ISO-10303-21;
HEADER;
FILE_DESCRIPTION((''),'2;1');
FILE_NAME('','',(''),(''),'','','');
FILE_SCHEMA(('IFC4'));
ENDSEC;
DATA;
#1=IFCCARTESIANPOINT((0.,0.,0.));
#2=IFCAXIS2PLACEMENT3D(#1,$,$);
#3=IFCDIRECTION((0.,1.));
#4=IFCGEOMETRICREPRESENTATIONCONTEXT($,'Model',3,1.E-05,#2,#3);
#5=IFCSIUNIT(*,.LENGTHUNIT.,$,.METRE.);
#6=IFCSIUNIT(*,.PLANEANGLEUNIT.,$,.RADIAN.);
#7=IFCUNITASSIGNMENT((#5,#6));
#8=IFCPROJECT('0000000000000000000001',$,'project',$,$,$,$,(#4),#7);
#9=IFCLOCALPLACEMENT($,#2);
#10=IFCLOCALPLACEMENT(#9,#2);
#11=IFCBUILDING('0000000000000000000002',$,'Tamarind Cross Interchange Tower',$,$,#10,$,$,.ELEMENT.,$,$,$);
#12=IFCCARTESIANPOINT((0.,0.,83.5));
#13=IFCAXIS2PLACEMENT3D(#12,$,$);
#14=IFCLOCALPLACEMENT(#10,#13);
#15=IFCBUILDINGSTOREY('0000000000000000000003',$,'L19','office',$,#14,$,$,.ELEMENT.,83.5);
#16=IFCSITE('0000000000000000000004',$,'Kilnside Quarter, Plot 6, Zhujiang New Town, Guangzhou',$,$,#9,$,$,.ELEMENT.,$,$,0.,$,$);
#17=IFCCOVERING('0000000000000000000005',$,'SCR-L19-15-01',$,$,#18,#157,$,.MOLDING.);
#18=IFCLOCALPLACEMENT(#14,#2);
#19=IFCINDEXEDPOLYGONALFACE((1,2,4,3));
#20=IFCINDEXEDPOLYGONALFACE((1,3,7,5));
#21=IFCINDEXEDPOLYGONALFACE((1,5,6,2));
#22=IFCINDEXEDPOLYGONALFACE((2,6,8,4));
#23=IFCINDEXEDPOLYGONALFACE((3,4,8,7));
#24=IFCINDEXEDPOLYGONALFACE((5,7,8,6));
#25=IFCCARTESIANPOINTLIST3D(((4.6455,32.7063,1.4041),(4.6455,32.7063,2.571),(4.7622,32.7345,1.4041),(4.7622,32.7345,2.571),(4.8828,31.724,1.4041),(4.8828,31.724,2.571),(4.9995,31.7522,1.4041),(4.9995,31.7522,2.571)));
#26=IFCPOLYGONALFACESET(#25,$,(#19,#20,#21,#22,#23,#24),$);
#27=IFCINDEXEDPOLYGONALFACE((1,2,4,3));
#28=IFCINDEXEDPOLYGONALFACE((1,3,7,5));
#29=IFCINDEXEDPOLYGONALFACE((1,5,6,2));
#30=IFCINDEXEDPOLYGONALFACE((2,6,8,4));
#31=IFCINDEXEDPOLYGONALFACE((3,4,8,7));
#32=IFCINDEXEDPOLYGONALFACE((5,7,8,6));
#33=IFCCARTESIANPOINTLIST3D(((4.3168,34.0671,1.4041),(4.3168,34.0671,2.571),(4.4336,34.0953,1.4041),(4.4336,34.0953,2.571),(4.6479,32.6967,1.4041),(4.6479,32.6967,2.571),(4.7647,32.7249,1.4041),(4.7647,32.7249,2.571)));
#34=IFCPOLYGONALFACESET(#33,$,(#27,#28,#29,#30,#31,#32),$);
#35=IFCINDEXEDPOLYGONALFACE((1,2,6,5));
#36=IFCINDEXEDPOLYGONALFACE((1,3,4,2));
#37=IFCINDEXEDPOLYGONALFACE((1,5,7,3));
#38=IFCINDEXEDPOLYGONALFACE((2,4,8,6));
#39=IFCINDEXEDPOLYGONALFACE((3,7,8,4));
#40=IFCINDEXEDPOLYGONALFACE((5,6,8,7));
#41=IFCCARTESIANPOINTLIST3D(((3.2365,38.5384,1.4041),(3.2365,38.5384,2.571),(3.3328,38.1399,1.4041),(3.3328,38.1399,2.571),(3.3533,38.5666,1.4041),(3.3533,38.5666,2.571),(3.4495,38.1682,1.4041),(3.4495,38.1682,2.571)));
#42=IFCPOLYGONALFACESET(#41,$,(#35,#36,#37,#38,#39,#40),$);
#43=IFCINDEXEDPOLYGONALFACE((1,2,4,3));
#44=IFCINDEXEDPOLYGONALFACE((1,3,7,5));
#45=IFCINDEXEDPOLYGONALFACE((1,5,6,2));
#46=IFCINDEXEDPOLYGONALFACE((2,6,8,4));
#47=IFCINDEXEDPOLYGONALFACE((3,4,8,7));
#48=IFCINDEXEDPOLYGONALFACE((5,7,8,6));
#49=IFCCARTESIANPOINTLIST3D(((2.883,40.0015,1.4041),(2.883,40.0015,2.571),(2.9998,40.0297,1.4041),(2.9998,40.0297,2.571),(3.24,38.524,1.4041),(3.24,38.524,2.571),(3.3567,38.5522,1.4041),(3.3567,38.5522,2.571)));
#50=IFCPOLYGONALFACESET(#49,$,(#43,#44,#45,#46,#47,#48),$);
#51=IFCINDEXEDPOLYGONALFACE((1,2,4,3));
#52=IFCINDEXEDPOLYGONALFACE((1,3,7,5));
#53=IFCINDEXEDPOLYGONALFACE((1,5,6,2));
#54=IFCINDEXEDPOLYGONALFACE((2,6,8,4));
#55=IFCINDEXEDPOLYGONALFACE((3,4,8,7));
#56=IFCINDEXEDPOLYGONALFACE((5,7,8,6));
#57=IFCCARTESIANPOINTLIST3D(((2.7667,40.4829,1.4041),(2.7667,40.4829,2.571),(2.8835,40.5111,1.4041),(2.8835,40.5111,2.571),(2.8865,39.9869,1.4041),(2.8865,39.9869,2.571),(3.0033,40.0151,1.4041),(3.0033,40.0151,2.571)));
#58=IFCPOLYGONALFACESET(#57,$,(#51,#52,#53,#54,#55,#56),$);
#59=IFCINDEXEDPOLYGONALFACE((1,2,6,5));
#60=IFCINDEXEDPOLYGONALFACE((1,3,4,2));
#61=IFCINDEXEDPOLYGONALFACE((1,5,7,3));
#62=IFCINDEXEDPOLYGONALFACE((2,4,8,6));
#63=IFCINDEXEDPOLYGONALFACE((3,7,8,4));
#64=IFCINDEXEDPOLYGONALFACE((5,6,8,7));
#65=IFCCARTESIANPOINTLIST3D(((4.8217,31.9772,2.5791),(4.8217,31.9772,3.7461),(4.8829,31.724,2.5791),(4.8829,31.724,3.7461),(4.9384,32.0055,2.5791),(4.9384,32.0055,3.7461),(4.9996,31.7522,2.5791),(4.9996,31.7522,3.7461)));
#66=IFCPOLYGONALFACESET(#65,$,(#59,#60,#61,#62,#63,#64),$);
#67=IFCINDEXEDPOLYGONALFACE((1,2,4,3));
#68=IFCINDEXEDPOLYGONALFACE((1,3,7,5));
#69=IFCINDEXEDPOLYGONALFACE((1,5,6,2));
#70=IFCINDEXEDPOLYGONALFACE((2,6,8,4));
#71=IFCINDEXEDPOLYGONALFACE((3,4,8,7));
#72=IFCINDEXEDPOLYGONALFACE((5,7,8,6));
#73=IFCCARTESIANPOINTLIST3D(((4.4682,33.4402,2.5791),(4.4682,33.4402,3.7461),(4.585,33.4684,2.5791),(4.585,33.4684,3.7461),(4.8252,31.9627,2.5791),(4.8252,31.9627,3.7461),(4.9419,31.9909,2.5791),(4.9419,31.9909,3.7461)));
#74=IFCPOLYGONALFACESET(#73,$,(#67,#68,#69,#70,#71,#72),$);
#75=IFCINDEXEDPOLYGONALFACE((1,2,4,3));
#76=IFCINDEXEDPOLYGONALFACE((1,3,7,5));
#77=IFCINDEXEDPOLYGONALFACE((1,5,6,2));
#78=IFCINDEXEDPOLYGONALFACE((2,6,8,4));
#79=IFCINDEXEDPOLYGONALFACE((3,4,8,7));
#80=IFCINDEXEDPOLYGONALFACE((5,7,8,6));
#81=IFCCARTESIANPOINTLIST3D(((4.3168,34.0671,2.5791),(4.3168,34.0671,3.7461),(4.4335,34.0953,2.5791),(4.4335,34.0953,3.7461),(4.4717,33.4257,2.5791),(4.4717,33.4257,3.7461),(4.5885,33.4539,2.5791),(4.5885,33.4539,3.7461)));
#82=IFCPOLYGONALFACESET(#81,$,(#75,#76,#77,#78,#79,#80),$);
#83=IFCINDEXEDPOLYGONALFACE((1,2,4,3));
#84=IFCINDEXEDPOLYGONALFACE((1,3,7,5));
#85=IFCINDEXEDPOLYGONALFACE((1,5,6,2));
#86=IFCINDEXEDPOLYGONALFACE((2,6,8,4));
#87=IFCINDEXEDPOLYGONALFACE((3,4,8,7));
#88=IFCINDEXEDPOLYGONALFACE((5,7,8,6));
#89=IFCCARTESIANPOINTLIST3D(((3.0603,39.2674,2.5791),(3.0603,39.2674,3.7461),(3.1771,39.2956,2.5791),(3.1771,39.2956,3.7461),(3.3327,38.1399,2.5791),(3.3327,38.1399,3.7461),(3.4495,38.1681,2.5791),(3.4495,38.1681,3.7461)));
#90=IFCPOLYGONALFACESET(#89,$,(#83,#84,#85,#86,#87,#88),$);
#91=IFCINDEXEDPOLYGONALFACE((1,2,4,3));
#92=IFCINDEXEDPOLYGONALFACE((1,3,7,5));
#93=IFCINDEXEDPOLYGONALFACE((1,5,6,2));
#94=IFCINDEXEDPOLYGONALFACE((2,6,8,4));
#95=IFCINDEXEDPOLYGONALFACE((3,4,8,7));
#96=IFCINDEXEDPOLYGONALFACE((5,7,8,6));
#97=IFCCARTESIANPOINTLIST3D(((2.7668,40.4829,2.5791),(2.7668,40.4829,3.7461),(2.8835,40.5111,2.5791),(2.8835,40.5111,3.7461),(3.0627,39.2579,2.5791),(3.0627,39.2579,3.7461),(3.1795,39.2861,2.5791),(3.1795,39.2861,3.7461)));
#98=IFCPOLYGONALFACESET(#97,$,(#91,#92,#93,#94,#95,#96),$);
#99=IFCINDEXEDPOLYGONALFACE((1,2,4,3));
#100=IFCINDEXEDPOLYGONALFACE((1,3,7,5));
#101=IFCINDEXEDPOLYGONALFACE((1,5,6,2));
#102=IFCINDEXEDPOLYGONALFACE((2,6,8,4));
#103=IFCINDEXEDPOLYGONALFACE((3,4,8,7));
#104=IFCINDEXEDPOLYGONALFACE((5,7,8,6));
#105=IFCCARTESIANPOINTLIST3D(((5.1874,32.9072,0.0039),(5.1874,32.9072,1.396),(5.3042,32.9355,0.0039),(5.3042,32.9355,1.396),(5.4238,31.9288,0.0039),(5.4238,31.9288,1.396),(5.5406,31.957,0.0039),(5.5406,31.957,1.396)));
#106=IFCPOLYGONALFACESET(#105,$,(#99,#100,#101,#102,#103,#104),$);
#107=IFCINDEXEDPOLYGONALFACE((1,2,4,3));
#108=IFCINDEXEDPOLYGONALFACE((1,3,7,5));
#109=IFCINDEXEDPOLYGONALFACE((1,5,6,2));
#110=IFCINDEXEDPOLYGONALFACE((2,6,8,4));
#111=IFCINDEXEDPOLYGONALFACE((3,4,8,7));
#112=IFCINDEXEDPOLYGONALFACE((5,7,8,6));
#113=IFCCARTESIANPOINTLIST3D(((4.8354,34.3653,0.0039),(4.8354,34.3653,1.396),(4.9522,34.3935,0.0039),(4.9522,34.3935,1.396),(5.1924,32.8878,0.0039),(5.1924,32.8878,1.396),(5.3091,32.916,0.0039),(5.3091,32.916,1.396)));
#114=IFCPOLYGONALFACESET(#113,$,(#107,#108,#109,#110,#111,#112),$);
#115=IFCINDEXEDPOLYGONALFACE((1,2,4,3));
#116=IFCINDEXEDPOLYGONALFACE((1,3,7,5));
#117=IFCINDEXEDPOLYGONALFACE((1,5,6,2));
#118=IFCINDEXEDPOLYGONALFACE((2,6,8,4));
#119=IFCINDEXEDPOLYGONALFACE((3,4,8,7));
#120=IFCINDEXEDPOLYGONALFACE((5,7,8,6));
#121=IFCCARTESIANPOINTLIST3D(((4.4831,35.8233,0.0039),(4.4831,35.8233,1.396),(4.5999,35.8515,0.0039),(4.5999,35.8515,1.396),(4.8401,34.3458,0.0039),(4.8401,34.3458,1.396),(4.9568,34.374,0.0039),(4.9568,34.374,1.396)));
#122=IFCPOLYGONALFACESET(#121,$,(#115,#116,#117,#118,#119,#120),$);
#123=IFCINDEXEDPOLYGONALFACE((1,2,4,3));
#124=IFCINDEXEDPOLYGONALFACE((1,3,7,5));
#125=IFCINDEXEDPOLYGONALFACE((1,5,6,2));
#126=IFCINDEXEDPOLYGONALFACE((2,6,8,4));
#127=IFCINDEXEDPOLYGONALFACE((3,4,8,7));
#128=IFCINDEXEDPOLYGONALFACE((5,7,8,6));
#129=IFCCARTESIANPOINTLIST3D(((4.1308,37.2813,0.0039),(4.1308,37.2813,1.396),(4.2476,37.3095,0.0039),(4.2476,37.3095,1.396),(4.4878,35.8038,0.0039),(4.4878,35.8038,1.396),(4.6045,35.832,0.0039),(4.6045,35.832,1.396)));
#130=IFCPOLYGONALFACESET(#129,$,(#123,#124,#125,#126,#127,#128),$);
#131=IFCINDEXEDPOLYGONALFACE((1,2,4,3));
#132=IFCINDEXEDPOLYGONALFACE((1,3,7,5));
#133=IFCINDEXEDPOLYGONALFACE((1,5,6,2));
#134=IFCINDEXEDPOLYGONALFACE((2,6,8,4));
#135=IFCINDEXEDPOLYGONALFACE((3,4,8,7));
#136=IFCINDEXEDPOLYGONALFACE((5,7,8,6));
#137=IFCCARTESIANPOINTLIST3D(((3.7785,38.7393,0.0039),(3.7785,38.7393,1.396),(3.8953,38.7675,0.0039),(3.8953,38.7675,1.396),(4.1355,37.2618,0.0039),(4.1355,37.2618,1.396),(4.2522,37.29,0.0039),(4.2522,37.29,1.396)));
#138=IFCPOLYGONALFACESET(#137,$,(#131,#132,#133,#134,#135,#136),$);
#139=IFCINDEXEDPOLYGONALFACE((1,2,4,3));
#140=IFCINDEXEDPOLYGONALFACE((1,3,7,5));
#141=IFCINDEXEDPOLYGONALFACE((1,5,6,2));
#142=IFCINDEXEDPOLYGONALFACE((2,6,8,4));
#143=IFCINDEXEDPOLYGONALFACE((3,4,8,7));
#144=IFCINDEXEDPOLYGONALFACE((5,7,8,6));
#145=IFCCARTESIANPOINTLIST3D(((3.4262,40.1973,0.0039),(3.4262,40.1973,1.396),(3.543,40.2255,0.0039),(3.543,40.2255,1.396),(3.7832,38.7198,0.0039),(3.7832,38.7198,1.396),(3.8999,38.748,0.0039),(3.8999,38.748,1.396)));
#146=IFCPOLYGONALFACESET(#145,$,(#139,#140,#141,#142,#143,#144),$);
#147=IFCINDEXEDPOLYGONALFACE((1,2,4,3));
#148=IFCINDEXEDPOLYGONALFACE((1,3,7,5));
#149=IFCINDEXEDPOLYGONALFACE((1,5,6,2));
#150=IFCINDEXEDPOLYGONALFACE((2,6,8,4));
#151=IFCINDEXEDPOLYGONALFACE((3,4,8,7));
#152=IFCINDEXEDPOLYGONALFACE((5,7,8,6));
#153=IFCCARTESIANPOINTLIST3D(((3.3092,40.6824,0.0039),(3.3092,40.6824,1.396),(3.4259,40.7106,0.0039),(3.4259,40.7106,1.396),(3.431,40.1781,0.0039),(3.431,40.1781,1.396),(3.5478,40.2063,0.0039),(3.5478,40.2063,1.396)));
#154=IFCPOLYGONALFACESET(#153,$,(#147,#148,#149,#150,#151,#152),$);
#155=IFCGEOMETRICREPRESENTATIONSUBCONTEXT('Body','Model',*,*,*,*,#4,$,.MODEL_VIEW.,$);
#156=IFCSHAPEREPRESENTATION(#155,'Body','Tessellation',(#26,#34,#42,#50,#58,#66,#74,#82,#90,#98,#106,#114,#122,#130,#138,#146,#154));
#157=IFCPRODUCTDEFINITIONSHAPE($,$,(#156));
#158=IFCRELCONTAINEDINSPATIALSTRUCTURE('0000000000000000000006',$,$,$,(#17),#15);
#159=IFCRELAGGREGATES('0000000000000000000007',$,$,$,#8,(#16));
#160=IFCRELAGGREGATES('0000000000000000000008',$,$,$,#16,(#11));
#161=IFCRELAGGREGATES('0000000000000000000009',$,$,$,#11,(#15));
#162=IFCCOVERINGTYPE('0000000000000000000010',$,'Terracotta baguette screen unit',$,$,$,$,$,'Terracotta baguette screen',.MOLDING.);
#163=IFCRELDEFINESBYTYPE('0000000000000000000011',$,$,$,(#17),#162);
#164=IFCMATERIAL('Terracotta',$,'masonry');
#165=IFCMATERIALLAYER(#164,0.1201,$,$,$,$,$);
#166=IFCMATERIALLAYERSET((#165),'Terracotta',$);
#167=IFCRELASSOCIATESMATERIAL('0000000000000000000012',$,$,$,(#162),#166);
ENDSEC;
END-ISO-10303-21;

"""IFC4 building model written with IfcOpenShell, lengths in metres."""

from ifc_helpers import new_model, si_unit, direction, frame, origin, origin_2d, place, context, subcontext, project, spatial, rectangle, extrude, material, layer, layer_set, type_object, element, save


model = new_model("IFC4")

# Units and contexts
model_context = context("Model", 3, precision=1e-05, world=origin(), true_north=direction((0.0, 1.0)))
body_context = subcontext(model_context, "Body", "Model", "MODEL_VIEW")
ifc_project = project(units=[si_unit("LENGTHUNIT", "METRE"), si_unit("PLANEANGLEUNIT", "RADIAN")], contexts=[model_context])

# Site, building, storey
site_placement = place(None, origin())
site = spatial("IfcSite", under=ifc_project, at=site_placement, Name="Kilnside Quarter, Plot 6, Zhujiang New Town, Guangzhou", CompositionType="ELEMENT", RefElevation=0.0)
building_placement = place(site_placement, origin())
building = spatial("IfcBuilding", under=site, at=building_placement, Name="Tamarind Cross Interchange Tower", CompositionType="ELEMENT")
storey_placement = place(building_placement, frame((0.0, 0.0, 83.5)))
storey = spatial("IfcBuildingStorey", under=building, at=storey_placement, Name="L19", Description="office", CompositionType="ELEMENT", Elevation=83.5)

# Covering
ifc_material_1 = material(Name="Terracotta", Category="masonry")
ifc_layer_1 = layer(ifc_material_1, 0.1201)
ifc_layer_set_1 = layer_set([ifc_layer_1], Name="Terracotta")
covering_type = type_object("IfcCoveringType", Name="Terracotta baguette screen unit", ElementType="Terracotta baguette screen", PredefinedType="MOLDING", material=ifc_layer_set_1)
covering_1_placement = place(storey_placement, origin())
element("IfcCovering", 1, at=covering_1_placement, inside=storey, type_object=covering_type, Name="SCR-L19-15-01", PredefinedType="MOLDING", context=body_context, shape_type="SweptSolid", body=[
    extrude(rectangle(XDim=1.0105, YDim=0.1201, at=origin_2d()), frame((4.8225, 32.2292, 1.4041), z_axis=(0.0, 0.0, 1.0), x_axis=(-0.234844, 0.972033, 0.0)), (0.0, 0.0, 1.0), 1.167),
    extrude(rectangle(XDim=1.4099, YDim=0.1201, at=origin_2d()), frame((4.5408, 33.396, 1.4041), z_axis=(0.0, 0.0, 1.0), x_axis=(-0.234844, 0.972033, 0.0)), (0.0, 0.0, 1.0), 1.167),
    extrude(rectangle(XDim=0.4099, YDim=0.1201, at=origin_2d()), frame((3.343, 38.3533, 1.4041), z_axis=(0.0, 0.0, 1.0), x_axis=(-0.234844, 0.972033, 0.0)), (0.0, 0.0, 1.0), 1.167),
    extrude(rectangle(XDim=1.52, YDim=0.1201, at=origin_2d()), frame((3.1199, 39.2769, 1.4041), z_axis=(0.0, 0.0, 1.0), x_axis=(-0.234844, 0.972033, 0.0)), (0.0, 0.0, 1.0), 1.167),
    extrude(rectangle(XDim=0.5103, YDim=0.1201, at=origin_2d()), frame((2.885, 40.249, 1.4041), z_axis=(0.0, 0.0, 1.0), x_axis=(-0.234844, 0.972033, 0.0)), (0.0, 0.0, 1.0), 1.167),
    extrude(rectangle(XDim=0.2605, YDim=0.1201, at=origin_2d()), frame((4.9106, 31.8647, 2.5791), z_axis=(0.0, 0.0, 1.0), x_axis=(-0.234844, 0.972033, 0.0)), (0.0, 0.0, 1.0), 1.167),
    extrude(rectangle(XDim=1.52, YDim=0.1201, at=origin_2d()), frame((4.7051, 32.7156, 2.5791), z_axis=(0.0, 0.0, 1.0), x_axis=(-0.234844, 0.972033, 0.0)), (0.0, 0.0, 1.0), 1.167),
    extrude(rectangle(XDim=0.6599, YDim=0.1201, at=origin_2d()), frame((4.4526, 33.7605, 2.5791), z_axis=(0.0, 0.0, 1.0), x_axis=(-0.234844, 0.972033, 0.0)), (0.0, 0.0, 1.0), 1.167),
    extrude(rectangle(XDim=1.1599, YDim=0.1201, at=origin_2d()), frame((3.2549, 38.7178, 2.5791), z_axis=(0.0, 0.0, 1.0), x_axis=(-0.234844, 0.972033, 0.0)), (0.0, 0.0, 1.0), 1.167),
    extrude(rectangle(XDim=1.2603, YDim=0.1201, at=origin_2d()), frame((2.9731, 39.8845, 2.5791), z_axis=(0.0, 0.0, 1.0), x_axis=(-0.234844, 0.972033, 0.0)), (0.0, 0.0, 1.0), 1.167),
    extrude(rectangle(XDim=1.0066, YDim=0.1201, at=origin_2d()), frame((5.364, 32.4321, 0.0039), z_axis=(0.0, 0.0, 1.0), x_axis=(-0.234844, 0.972033, 0.0)), (0.0, 0.0, 1.0), 1.3921),
    extrude(rectangle(XDim=1.52, YDim=0.1201, at=origin_2d()), frame((5.0723, 33.6406, 0.0039), z_axis=(0.0, 0.0, 1.0), x_axis=(-0.234844, 0.972033, 0.0)), (0.0, 0.0, 1.0), 1.3921),
    extrude(rectangle(XDim=1.52, YDim=0.1201, at=origin_2d()), frame((4.72, 35.0986, 0.0039), z_axis=(0.0, 0.0, 1.0), x_axis=(-0.234844, 0.972033, 0.0)), (0.0, 0.0, 1.0), 1.3921),
    extrude(rectangle(XDim=1.52, YDim=0.1201, at=origin_2d()), frame((4.3677, 36.5566, 0.0039), z_axis=(0.0, 0.0, 1.0), x_axis=(-0.234844, 0.972033, 0.0)), (0.0, 0.0, 1.0), 1.3921),
    extrude(rectangle(XDim=1.52, YDim=0.1201, at=origin_2d()), frame((4.0154, 38.0146, 0.0039), z_axis=(0.0, 0.0, 1.0), x_axis=(-0.234844, 0.972033, 0.0)), (0.0, 0.0, 1.0), 1.3921),
    extrude(rectangle(XDim=1.52, YDim=0.1201, at=origin_2d()), frame((3.6631, 39.4727, 0.0039), z_axis=(0.0, 0.0, 1.0), x_axis=(-0.234844, 0.972033, 0.0)), (0.0, 0.0, 1.0), 1.3921),
    extrude(rectangle(XDim=0.5188, YDim=0.1201, at=origin_2d()), frame((3.4285, 40.4443, 0.0039), z_axis=(0.0, 0.0, 1.0), x_axis=(-0.234844, 0.972033, 0.0)), (0.0, 0.0, 1.0), 1.3921),
])

save(model, "model.ifc")
